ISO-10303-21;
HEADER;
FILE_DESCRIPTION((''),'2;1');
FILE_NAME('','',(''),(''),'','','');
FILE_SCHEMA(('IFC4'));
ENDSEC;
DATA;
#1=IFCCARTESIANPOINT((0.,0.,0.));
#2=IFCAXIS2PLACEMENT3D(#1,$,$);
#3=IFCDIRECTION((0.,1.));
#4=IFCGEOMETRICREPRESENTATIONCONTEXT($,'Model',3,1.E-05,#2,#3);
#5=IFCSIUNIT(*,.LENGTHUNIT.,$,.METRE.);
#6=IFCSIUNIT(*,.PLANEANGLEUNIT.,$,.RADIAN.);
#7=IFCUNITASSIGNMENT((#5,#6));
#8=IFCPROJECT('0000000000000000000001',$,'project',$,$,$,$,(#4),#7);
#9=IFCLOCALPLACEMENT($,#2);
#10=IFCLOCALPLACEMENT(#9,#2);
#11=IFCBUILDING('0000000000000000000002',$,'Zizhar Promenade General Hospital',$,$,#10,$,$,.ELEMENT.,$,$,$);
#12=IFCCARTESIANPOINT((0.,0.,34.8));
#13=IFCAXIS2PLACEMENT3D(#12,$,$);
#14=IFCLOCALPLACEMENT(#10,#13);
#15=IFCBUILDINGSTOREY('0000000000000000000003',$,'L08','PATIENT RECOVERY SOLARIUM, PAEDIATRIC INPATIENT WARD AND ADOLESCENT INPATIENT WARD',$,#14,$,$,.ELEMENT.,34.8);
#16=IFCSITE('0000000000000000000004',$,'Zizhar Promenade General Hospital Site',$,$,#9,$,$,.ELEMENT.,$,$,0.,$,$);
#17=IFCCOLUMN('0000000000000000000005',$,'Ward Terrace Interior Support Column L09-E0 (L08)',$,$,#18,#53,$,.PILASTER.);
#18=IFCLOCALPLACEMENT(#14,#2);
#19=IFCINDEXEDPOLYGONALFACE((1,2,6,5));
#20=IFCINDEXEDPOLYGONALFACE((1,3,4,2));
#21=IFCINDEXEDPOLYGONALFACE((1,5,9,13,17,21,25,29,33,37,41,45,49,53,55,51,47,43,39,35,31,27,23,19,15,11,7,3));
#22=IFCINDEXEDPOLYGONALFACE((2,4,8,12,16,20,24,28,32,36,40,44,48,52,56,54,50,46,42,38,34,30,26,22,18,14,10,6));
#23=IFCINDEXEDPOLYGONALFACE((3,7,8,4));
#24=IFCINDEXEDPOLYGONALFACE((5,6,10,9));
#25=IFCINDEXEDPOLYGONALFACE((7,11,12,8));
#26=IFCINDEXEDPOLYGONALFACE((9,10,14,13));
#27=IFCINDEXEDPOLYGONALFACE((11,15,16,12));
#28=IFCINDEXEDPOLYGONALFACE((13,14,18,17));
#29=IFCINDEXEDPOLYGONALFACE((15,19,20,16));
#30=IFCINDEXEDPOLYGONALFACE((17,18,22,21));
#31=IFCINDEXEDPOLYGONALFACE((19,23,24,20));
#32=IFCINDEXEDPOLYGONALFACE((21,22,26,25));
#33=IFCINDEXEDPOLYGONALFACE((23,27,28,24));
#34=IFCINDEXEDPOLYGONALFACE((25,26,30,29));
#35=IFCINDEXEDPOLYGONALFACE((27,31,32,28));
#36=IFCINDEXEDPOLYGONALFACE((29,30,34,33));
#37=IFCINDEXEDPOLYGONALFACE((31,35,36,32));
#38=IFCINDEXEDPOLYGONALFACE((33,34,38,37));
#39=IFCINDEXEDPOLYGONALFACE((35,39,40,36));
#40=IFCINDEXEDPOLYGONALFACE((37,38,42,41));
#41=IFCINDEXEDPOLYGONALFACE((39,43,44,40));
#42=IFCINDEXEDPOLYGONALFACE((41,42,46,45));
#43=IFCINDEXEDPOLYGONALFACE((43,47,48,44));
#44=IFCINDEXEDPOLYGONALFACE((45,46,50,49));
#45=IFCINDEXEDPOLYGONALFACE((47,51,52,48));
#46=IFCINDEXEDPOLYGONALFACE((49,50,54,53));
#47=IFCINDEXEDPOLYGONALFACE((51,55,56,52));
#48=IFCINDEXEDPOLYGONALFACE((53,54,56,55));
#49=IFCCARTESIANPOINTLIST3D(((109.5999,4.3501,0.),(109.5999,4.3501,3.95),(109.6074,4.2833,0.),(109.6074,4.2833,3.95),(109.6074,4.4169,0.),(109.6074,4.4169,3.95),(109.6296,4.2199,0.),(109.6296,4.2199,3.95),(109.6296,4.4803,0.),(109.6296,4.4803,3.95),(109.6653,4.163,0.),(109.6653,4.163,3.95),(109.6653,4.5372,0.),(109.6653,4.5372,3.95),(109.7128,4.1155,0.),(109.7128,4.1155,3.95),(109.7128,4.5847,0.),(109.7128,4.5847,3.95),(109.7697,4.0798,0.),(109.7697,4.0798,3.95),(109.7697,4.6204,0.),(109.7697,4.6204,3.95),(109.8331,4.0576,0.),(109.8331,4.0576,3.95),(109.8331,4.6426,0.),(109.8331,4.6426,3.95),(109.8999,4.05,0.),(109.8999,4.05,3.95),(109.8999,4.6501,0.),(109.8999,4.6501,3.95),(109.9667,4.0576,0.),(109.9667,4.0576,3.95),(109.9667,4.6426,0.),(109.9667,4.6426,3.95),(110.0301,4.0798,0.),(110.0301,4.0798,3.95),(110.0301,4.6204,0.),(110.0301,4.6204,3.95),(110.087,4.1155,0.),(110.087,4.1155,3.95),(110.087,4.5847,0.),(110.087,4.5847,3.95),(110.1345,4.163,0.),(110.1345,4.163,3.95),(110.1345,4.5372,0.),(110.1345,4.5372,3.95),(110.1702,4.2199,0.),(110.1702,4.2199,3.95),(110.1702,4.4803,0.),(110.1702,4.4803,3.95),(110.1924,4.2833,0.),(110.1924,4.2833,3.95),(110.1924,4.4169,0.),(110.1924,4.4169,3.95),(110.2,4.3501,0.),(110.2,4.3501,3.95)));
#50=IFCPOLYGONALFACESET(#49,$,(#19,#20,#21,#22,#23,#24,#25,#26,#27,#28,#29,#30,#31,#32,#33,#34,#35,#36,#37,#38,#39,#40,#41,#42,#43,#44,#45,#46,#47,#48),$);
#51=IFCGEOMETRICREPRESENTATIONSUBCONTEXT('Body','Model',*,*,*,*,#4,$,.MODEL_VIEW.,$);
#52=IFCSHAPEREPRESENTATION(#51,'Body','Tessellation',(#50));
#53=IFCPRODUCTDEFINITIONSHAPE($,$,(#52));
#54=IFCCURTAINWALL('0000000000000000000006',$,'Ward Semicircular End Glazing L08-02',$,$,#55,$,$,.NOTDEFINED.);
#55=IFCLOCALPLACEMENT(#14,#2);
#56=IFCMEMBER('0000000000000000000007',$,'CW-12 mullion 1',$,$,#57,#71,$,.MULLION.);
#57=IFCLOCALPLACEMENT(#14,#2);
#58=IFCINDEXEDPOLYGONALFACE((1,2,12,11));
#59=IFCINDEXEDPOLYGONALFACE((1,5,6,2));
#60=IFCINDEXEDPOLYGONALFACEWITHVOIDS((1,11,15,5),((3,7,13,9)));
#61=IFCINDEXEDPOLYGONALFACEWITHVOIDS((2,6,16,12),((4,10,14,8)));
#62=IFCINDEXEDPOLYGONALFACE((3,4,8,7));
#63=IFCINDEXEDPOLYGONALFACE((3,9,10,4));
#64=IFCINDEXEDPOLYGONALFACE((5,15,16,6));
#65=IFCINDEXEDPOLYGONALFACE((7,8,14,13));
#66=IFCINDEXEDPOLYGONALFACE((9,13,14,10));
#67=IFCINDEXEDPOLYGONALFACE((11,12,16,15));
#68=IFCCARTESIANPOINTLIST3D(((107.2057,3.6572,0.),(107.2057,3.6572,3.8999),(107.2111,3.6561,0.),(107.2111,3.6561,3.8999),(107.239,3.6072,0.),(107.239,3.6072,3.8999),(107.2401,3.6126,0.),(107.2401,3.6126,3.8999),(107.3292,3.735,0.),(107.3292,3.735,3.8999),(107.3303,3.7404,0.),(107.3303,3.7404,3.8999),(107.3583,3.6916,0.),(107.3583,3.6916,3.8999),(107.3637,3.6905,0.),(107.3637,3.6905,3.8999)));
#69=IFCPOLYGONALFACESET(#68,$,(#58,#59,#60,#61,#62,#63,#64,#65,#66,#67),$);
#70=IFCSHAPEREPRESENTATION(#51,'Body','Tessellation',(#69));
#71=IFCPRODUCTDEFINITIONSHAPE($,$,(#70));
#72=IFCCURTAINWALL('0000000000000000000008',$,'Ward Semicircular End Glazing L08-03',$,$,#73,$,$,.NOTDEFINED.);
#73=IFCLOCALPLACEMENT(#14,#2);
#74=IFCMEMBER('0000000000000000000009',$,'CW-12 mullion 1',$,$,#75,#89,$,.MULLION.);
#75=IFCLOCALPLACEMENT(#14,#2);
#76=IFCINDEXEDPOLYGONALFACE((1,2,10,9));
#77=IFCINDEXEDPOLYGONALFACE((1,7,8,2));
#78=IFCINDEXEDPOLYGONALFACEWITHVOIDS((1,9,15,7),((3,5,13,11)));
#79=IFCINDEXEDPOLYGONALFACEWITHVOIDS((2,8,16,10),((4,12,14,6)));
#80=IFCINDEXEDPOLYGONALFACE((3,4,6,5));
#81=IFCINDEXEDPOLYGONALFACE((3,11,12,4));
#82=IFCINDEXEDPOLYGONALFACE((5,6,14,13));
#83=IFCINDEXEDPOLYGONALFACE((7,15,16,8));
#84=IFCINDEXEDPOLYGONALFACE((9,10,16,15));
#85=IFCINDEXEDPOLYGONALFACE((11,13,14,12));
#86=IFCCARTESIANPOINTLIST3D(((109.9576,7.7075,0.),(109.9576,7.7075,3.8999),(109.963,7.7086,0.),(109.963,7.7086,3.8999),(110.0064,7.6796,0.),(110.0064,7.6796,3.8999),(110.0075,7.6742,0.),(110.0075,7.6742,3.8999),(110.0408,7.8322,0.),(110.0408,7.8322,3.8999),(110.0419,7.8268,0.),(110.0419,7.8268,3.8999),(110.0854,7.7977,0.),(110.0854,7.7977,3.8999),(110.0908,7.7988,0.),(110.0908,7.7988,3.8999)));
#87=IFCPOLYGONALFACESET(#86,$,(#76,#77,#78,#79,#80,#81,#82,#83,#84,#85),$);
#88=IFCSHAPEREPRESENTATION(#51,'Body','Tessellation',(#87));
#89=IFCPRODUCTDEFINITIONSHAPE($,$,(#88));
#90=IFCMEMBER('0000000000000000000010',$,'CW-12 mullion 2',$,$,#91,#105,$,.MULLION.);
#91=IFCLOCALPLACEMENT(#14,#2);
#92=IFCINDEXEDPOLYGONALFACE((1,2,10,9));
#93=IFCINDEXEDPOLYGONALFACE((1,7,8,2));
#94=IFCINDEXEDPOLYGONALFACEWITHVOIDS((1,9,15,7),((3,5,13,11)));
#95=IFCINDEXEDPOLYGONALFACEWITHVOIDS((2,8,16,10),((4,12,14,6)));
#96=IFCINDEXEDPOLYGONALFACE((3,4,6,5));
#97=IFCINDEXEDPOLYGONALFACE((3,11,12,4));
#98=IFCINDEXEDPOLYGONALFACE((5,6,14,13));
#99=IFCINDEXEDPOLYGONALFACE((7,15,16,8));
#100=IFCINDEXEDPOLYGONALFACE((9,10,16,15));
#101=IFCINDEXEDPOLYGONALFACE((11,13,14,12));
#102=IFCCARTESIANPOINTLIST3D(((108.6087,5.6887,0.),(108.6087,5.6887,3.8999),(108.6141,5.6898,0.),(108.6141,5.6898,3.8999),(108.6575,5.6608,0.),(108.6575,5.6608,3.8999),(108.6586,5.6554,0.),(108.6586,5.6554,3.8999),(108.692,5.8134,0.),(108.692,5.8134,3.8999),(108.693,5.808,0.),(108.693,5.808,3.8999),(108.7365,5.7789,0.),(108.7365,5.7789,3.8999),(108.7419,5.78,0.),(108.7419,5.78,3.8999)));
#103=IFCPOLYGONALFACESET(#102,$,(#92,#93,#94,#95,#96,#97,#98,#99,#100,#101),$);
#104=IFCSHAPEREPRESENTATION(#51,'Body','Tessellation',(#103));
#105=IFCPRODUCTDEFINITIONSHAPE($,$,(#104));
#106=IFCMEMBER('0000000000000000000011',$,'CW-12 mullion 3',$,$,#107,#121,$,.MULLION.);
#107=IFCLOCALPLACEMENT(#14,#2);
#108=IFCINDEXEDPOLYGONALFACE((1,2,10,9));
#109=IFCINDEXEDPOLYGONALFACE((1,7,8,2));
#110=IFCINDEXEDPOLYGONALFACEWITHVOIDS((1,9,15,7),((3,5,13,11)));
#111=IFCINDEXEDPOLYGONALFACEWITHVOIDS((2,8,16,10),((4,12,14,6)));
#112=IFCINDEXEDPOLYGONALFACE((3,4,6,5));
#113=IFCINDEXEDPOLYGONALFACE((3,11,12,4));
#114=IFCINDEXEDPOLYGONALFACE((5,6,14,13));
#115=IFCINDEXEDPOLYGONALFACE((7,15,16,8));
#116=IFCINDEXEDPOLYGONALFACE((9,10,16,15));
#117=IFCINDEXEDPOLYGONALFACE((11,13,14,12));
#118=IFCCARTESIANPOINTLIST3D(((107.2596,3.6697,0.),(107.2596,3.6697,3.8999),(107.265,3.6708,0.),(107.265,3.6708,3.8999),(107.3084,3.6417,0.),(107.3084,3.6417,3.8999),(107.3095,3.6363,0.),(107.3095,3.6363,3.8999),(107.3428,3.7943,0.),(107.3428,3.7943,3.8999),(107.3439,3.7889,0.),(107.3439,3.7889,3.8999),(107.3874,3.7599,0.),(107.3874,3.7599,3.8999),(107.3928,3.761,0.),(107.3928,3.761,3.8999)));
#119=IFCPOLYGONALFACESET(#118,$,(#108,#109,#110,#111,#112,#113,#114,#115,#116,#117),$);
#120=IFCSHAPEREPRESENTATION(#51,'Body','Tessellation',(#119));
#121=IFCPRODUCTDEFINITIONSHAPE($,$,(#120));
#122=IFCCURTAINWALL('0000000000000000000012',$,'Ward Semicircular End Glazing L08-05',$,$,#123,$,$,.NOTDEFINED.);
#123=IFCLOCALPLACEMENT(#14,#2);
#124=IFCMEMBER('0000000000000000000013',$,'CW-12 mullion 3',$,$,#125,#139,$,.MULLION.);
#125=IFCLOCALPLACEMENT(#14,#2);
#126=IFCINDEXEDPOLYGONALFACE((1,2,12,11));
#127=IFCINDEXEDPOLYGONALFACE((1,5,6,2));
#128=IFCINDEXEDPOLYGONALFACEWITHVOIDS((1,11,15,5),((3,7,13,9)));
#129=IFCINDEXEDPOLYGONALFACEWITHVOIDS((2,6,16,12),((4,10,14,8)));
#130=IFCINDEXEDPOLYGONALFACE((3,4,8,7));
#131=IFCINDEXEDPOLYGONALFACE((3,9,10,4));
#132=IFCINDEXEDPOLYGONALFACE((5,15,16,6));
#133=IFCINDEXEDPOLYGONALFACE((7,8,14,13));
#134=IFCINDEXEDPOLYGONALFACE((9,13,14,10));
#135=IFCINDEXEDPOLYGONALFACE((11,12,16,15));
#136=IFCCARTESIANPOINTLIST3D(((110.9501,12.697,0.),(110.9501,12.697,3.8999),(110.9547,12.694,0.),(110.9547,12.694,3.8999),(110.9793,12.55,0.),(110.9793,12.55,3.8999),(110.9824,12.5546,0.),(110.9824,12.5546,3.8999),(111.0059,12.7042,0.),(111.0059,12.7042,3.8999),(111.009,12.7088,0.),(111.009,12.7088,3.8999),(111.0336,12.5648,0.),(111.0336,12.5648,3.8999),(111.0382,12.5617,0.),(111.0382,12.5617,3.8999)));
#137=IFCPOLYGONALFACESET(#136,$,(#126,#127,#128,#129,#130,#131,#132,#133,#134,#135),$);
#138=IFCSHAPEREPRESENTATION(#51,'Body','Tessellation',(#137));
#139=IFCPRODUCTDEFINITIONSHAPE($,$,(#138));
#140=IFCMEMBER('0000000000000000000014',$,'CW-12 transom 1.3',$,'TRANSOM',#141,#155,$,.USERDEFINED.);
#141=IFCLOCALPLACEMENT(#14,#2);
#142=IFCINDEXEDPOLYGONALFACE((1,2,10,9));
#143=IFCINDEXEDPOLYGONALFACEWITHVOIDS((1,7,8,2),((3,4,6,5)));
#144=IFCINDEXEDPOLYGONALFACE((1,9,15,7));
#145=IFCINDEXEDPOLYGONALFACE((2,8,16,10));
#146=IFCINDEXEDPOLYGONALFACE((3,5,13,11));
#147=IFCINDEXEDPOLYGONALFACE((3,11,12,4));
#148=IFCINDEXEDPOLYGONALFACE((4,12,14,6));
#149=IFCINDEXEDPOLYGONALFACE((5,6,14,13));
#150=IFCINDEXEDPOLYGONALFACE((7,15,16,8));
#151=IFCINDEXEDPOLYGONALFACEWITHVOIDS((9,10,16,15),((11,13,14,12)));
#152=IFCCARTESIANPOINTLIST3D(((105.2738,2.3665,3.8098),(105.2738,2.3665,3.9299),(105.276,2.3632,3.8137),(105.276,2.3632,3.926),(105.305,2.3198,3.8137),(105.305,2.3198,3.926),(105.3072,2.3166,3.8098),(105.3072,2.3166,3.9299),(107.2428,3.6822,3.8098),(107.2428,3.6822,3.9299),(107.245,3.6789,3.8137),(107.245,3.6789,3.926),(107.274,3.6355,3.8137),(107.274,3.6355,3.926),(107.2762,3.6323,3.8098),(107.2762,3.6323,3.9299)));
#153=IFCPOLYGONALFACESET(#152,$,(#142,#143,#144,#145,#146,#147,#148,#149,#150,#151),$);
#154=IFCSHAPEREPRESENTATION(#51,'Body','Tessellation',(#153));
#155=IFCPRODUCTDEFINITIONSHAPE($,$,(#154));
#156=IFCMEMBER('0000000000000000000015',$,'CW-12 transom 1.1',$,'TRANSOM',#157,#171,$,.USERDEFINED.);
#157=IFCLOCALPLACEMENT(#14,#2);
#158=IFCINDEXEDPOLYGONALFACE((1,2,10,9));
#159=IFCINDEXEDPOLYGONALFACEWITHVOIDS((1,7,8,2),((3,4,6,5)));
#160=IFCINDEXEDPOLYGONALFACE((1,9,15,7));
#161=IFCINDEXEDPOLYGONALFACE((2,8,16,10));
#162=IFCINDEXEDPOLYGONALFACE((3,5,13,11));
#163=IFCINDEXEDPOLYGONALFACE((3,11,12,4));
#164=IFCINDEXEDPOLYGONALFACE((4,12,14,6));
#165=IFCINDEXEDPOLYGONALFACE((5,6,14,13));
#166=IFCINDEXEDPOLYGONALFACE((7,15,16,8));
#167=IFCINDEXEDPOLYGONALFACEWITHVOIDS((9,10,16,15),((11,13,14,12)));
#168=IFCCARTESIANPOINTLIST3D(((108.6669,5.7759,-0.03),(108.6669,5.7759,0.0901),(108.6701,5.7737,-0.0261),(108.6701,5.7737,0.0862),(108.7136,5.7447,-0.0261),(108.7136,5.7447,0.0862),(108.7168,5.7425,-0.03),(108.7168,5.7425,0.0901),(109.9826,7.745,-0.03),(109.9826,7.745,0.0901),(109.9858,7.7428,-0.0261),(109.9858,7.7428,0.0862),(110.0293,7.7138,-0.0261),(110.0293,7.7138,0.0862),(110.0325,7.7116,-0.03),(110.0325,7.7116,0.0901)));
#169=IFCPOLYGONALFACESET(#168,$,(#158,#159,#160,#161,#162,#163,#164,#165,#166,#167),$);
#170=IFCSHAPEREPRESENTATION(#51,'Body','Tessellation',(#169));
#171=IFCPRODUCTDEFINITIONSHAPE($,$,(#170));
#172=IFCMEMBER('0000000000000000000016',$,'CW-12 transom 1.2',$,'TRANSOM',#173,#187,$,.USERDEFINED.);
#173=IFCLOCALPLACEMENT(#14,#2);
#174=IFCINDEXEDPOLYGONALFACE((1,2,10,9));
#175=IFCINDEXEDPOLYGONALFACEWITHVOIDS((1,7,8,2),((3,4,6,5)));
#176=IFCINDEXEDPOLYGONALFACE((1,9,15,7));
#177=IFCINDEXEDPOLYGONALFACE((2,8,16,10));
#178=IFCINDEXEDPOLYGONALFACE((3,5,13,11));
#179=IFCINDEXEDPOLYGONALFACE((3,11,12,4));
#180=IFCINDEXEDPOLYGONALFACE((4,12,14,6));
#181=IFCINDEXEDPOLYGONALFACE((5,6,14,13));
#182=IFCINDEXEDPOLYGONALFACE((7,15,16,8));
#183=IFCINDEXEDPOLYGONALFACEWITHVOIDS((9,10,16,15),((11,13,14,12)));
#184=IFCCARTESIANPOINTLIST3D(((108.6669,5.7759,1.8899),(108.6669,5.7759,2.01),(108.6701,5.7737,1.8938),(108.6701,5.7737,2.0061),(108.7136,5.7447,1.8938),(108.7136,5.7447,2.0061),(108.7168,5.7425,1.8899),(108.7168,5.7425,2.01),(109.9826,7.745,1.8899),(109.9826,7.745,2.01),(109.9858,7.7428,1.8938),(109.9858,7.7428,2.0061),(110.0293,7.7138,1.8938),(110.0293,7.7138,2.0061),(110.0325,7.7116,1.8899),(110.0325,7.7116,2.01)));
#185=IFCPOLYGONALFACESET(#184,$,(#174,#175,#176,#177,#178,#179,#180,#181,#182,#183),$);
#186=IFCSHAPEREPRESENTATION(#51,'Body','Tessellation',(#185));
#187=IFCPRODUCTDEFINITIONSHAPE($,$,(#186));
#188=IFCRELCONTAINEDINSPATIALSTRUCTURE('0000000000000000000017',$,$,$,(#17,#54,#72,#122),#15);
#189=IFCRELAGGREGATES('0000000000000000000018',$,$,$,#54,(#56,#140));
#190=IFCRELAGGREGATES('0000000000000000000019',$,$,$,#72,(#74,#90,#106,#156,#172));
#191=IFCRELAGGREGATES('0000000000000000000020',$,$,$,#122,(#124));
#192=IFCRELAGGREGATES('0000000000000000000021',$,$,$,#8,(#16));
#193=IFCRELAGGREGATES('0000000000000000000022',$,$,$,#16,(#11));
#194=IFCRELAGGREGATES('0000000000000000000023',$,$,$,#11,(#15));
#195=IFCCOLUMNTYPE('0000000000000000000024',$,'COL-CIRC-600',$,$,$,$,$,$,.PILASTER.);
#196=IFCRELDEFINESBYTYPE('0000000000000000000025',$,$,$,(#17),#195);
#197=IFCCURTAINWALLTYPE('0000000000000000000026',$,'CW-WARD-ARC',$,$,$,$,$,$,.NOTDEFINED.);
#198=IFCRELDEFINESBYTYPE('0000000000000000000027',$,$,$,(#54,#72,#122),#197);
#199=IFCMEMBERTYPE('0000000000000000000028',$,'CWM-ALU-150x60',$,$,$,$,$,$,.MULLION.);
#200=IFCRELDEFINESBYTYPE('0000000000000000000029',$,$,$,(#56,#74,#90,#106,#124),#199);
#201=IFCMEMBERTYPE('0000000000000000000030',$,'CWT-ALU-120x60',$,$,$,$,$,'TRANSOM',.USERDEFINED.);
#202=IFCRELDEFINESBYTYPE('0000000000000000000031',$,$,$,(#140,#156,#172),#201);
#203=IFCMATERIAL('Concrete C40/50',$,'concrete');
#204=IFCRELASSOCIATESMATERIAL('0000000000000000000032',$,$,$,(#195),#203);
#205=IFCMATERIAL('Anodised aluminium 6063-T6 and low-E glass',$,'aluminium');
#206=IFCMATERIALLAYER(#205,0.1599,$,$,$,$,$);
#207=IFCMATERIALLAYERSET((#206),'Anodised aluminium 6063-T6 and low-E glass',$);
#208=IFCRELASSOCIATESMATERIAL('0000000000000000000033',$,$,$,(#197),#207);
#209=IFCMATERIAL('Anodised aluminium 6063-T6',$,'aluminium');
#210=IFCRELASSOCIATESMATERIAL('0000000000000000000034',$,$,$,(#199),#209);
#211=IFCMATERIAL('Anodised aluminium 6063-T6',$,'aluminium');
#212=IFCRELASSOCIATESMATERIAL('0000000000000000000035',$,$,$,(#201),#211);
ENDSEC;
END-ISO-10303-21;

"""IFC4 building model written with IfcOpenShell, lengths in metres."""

from ifc_helpers import new_model, si_unit, direction, frame, origin, origin_2d, place, context, subcontext, project, spatial, hollow_rectangle, circle, extrude, material, layer, layer_set, material_profile, profile_set, type_object, element, aggregate, save


model = new_model("IFC4")

# Units and contexts
model_context = context("Model", 3, precision=1e-05, world=origin(), true_north=direction((0.0, 1.0)))
body_context = subcontext(model_context, "Body", "Model", "MODEL_VIEW")
ifc_project = project(units=[si_unit("LENGTHUNIT", "METRE"), si_unit("PLANEANGLEUNIT", "RADIAN")], contexts=[model_context])

# Site, building, storey
site_placement = place(None, origin())
site = spatial("IfcSite", under=ifc_project, at=site_placement, Name="Zizhar Promenade General Hospital Site", CompositionType="ELEMENT", RefElevation=0.0)
building_placement = place(site_placement, origin())
building = spatial("IfcBuilding", under=site, at=building_placement, Name="Zizhar Promenade General Hospital", CompositionType="ELEMENT")
storey_placement = place(building_placement, frame((0.0, 0.0, 34.8)))
storey = spatial("IfcBuildingStorey", under=building, at=storey_placement, Name="L08", Description="PATIENT RECOVERY SOLARIUM, PAEDIATRIC INPATIENT WARD AND ADOLESCENT INPATIENT WARD", CompositionType="ELEMENT", Elevation=34.8)

# Column
ifc_material_1 = material(Name="Concrete C40/50", Category="concrete")
ifc_material_profile_1 = material_profile(ifc_material_1, circle(Radius=0.3, at=origin_2d()))
ifc_profile_set_1 = profile_set([ifc_material_profile_1], Name="Concrete C40/50")
column_type = type_object("IfcColumnType", Name="COL-CIRC-600", PredefinedType="PILASTER", material=ifc_profile_set_1)
column_placement = place(storey_placement, frame((109.8999, 4.3501, 0.0), z_axis=(0.0, 0.0, 1.0), x_axis=(1.0, 0.0, 0.0)))
element("IfcColumn", 1, at=column_placement, inside=storey, type_object=column_type, Name="Ward Terrace Interior Support Column L09-E0 (L08)", PredefinedType="PILASTER", context=body_context, shape_type="SweptSolid", body=[
    extrude(circle(Radius=0.3, at=origin_2d()), origin(), (0.0, 0.0, 1.0), 3.95),
])

# Curtain wall, member
ifc_material_2 = material(Name="Anodised aluminium 6063-T6 and low-E glass", Category="aluminium")
ifc_layer_1 = layer(ifc_material_2, 0.1599)
ifc_layer_set_1 = layer_set([ifc_layer_1], Name="Anodised aluminium 6063-T6 and low-E glass")
curtain_wall_type = type_object("IfcCurtainWallType", Name="CW-WARD-ARC", PredefinedType="NOTDEFINED", material=ifc_layer_set_1)
curtain_wall_1_placement = place(storey_placement, origin())
curtain_wall_1 = element("IfcCurtainWall", 2, at=curtain_wall_1_placement, inside=storey, type_object=curtain_wall_type, Name="Ward Semicircular End Glazing L08-02", PredefinedType="NOTDEFINED")
ifc_material_3 = material(Name="Anodised aluminium 6063-T6", Category="aluminium")
ifc_material_profile_2 = material_profile(ifc_material_3, hollow_rectangle(XDim=0.0601, YDim=0.1499, WallThickness=0.0039, at=origin_2d()))
ifc_profile_set_2 = profile_set([ifc_material_profile_2], Name="Anodised aluminium 6063-T6")
member_type_1 = type_object("IfcMemberType", Name="CWM-ALU-150x60", PredefinedType="MULLION", material=ifc_profile_set_2)
member_1_placement = place(storey_placement, frame((107.2847, 3.6738, 0.0), z_axis=(0.0, 0.0, 1.0), x_axis=(0.555582, -0.831462, 0.0)))
member_1 = element("IfcMember", 3, at=member_1_placement, type_object=member_type_1, Name="CW-12 mullion 1", PredefinedType="MULLION", context=body_context, shape_type="SweptSolid", body=[
    extrude(hollow_rectangle(XDim=0.0601, YDim=0.1499, WallThickness=0.0039, at=origin_2d()), origin(), (0.0, 0.0, 1.0), 3.8999),
])

# Curtain wall, members
curtain_wall_2_placement = place(storey_placement, origin())
curtain_wall_2 = element("IfcCurtainWall", 4, at=curtain_wall_2_placement, inside=storey, type_object=curtain_wall_type, Name="Ward Semicircular End Glazing L08-03", PredefinedType="NOTDEFINED")
member_2_placement = place(storey_placement, frame((110.0242, 7.7532, 0.0), z_axis=(0.0, 0.0, 1.0), x_axis=(0.831462, -0.555582, 0.0)))
member_2 = element("IfcMember", 5, at=member_2_placement, type_object=member_type_1, Name="CW-12 mullion 1", PredefinedType="MULLION", context=body_context, shape_type="SweptSolid", body=[
    extrude(hollow_rectangle(XDim=0.0601, YDim=0.1499, WallThickness=0.0039, at=origin_2d()), origin(), (0.0, 0.0, 1.0), 3.8999),
])
member_3_placement = place(storey_placement, frame((108.6753, 5.7344, 0.0), z_axis=(0.0, 0.0, 1.0), x_axis=(0.831462, -0.555582, 0.0)))
member_3 = element("IfcMember", 6, at=member_3_placement, type_object=member_type_1, Name="CW-12 mullion 2", PredefinedType="MULLION", context=body_context, shape_type="SweptSolid", body=[
    extrude(hollow_rectangle(XDim=0.0601, YDim=0.1499, WallThickness=0.0039, at=origin_2d()), origin(), (0.0, 0.0, 1.0), 3.8999),
])
member_4_placement = place(storey_placement, frame((107.3262, 3.7153, 0.0), z_axis=(0.0, 0.0, 1.0), x_axis=(0.831462, -0.555582, 0.0)))
member_4 = element("IfcMember", 7, at=member_4_placement, type_object=member_type_1, Name="CW-12 mullion 3", PredefinedType="MULLION", context=body_context, shape_type="SweptSolid", body=[
    extrude(hollow_rectangle(XDim=0.0601, YDim=0.1499, WallThickness=0.0039, at=origin_2d()), origin(), (0.0, 0.0, 1.0), 3.8999),
])

# Curtain wall, member
curtain_wall_3_placement = place(storey_placement, origin())
curtain_wall_3 = element("IfcCurtainWall", 8, at=curtain_wall_3_placement, inside=storey, type_object=curtain_wall_type, Name="Ward Semicircular End Glazing L08-05", PredefinedType="NOTDEFINED")
member_5_placement = place(storey_placement, frame((110.9941, 12.6294, 0.0), z_axis=(0.0, 0.0, 1.0), x_axis=(0.980786, 0.195087, 0.0)))
member_5 = element("IfcMember", 9, at=member_5_placement, type_object=member_type_1, Name="CW-12 mullion 3", PredefinedType="MULLION", context=body_context, shape_type="SweptSolid", body=[
    extrude(hollow_rectangle(XDim=0.0601, YDim=0.1499, WallThickness=0.0039, at=origin_2d()), origin(), (0.0, 0.0, 1.0), 3.8999),
])

# Members
ifc_material_4 = material(Name="Anodised aluminium 6063-T6", Category="aluminium")
ifc_material_profile_3 = material_profile(ifc_material_4, hollow_rectangle(XDim=0.0601, YDim=0.1201, WallThickness=0.0039, at=origin_2d()))
ifc_profile_set_3 = profile_set([ifc_material_profile_3], Name="Anodised aluminium 6063-T6")
member_type_2 = type_object("IfcMemberType", Name="CWT-ALU-120x60", ElementType="TRANSOM", PredefinedType="USERDEFINED", material=ifc_profile_set_3)
member_6_placement = place(storey_placement, frame((107.2595, 3.6572, 3.8699), z_axis=(-0.831463, -0.55558, 0.0), x_axis=(0.55558, -0.831463, 0.0)))
member_6 = element("IfcMember", 10, at=member_6_placement, type_object=member_type_2, Name="CW-12 transom 1.3", ObjectType="TRANSOM", PredefinedType="USERDEFINED", context=body_context, shape_type="SweptSolid", body=[
    extrude(hollow_rectangle(XDim=0.0601, YDim=0.1201, WallThickness=0.0039, at=origin_2d()), origin(), (0.0, 0.0, 1.0), 2.3682),
])
aggregate(curtain_wall_1, [member_1, member_6])
member_7_placement = place(storey_placement, frame((110.0076, 7.7283, 0.03), z_axis=(-0.55558, -0.831463, 0.0), x_axis=(0.831463, -0.55558, 0.0)))
member_7 = element("IfcMember", 11, at=member_7_placement, type_object=member_type_2, Name="CW-12 transom 1.1", ObjectType="TRANSOM", PredefinedType="USERDEFINED", context=body_context, shape_type="SweptSolid", body=[
    extrude(hollow_rectangle(XDim=0.0601, YDim=0.1201, WallThickness=0.0039, at=origin_2d()), origin(), (0.0, 0.0, 1.0), 2.3682),
])
member_8_placement = place(storey_placement, frame((110.0076, 7.7283, 1.95), z_axis=(-0.55558, -0.831463, 0.0), x_axis=(0.831463, -0.55558, 0.0)))
member_8 = element("IfcMember", 12, at=member_8_placement, type_object=member_type_2, Name="CW-12 transom 1.2", ObjectType="TRANSOM", PredefinedType="USERDEFINED", context=body_context, shape_type="SweptSolid", body=[
    extrude(hollow_rectangle(XDim=0.0601, YDim=0.1201, WallThickness=0.0039, at=origin_2d()), origin(), (0.0, 0.0, 1.0), 2.3682),
])

aggregate(curtain_wall_2, [member_2, member_3, member_4, member_7, member_8])
aggregate(curtain_wall_3, [member_5])

save(model, "model.ifc")
